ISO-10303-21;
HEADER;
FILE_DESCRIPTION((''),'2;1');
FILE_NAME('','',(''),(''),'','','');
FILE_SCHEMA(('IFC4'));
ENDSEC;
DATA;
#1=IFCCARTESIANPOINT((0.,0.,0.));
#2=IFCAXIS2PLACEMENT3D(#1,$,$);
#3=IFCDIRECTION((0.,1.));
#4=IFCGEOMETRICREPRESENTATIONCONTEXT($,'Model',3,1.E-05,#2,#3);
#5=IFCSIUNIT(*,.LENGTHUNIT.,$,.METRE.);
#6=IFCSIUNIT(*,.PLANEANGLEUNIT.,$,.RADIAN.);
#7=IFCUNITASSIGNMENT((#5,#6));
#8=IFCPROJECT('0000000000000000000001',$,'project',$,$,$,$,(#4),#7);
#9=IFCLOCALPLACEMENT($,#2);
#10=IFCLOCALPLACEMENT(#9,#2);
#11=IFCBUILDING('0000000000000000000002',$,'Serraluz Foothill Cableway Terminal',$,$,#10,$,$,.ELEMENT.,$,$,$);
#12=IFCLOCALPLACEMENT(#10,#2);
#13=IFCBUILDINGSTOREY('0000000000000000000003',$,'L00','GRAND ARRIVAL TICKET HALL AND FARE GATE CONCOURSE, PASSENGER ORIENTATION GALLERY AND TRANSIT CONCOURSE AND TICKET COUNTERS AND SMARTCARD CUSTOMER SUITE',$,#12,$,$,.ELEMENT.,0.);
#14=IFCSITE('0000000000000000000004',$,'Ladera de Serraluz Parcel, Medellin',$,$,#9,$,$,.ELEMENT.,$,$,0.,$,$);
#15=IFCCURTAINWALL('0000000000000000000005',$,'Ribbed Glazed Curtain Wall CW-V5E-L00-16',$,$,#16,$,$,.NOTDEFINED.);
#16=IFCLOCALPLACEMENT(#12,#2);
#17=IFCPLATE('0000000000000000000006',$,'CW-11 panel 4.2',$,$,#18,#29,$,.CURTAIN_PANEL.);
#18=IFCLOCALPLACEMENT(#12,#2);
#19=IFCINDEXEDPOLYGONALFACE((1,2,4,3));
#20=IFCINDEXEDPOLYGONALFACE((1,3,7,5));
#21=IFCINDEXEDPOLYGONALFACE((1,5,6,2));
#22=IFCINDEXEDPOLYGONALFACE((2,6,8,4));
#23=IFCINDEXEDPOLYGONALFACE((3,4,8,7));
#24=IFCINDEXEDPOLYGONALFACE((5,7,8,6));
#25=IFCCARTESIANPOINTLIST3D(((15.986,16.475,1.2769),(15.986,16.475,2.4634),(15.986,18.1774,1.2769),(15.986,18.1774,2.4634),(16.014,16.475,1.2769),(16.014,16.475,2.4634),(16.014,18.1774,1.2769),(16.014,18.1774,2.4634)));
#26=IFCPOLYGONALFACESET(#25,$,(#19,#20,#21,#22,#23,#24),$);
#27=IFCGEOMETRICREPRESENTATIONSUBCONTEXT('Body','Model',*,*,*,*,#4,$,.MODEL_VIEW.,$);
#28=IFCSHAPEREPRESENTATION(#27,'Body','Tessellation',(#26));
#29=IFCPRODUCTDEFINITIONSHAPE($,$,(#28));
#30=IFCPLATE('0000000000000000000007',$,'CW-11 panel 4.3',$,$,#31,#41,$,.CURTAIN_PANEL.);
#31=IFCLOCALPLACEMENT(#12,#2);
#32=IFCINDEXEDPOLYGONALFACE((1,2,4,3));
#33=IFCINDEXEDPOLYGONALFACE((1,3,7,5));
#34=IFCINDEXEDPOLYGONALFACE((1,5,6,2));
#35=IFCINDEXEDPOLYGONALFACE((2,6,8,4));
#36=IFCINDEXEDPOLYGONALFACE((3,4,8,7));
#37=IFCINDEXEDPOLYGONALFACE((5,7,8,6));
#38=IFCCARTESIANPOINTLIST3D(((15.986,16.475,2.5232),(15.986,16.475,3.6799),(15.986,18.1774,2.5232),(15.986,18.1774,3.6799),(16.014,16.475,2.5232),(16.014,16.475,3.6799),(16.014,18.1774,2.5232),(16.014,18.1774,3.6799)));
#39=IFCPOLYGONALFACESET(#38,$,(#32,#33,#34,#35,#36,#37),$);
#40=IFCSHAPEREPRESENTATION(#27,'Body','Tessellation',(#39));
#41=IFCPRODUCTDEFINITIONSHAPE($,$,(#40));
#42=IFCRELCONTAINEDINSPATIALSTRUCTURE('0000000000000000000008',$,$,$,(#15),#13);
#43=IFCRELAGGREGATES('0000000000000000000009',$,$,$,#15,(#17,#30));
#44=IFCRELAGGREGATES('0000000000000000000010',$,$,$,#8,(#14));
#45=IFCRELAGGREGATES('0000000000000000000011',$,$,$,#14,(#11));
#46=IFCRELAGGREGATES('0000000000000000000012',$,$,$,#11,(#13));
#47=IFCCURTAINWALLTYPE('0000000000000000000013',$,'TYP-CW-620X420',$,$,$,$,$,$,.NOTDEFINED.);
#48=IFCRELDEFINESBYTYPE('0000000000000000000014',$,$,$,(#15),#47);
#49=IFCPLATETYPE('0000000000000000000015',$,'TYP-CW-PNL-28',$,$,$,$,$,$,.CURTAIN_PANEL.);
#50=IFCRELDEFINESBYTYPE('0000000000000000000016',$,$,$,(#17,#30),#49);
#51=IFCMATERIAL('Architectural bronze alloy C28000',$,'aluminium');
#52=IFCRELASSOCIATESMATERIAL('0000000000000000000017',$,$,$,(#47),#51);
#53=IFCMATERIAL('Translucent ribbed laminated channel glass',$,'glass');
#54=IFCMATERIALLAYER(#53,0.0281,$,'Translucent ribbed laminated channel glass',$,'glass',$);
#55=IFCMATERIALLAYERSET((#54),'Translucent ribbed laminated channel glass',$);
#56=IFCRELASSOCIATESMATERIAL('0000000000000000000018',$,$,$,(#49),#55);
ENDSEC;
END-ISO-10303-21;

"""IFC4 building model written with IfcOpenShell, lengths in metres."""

from ifc_helpers import new_model, si_unit, direction, frame, origin, origin_2d, place, context, subcontext, project, spatial, rectangle, extrude, material, layer, layer_set, type_object, element, aggregate, save


model = new_model("IFC4")

# Units and contexts
model_context = context("Model", 3, precision=1e-05, world=origin(), true_north=direction((0.0, 1.0)))
body_context = subcontext(model_context, "Body", "Model", "MODEL_VIEW")
ifc_project = project(units=[si_unit("LENGTHUNIT", "METRE"), si_unit("PLANEANGLEUNIT", "RADIAN")], contexts=[model_context])

# Site, building, storey
site_placement = place(None, origin())
site = spatial("IfcSite", under=ifc_project, at=site_placement, Name="Ladera de Serraluz Parcel, Medellin", CompositionType="ELEMENT", RefElevation=0.0)
building_placement = place(site_placement, origin())
building = spatial("IfcBuilding", under=site, at=building_placement, Name="Serraluz Foothill Cableway Terminal", CompositionType="ELEMENT")
storey_placement = place(building_placement, origin())
storey = spatial("IfcBuildingStorey", under=building, at=storey_placement, Name="L00", Description="GRAND ARRIVAL TICKET HALL AND FARE GATE CONCOURSE, PASSENGER ORIENTATION GALLERY AND TRANSIT CONCOURSE AND TICKET COUNTERS AND SMARTCARD CUSTOMER SUITE", CompositionType="ELEMENT", Elevation=0.0)

# Shared definitions
ifc_material_1 = material(Name="Architectural bronze alloy C28000", Category="aluminium")

# Curtain wall
curtain_wall_type_1 = type_object("IfcCurtainWallType", Name="TYP-CW-620X420", PredefinedType="NOTDEFINED", material=ifc_material_1)
curtain_wall_1_placement = place(storey_placement, origin())
curtain_wall_1 = element("IfcCurtainWall", 1, at=curtain_wall_1_placement, inside=storey, type_object=curtain_wall_type_1, Name="Ribbed Glazed Curtain Wall CW-V5E-L00-16", PredefinedType="NOTDEFINED")

# Plates
ifc_material_2 = material(Name="Translucent ribbed laminated channel glass", Category="glass")
ifc_layer = layer(ifc_material_2, 0.0281, Name="Translucent ribbed laminated channel glass", Category="glass")
ifc_layer_set = layer_set([ifc_layer], Name="Translucent ribbed laminated channel glass")
plate_type = type_object("IfcPlateType", Name="TYP-CW-PNL-28", PredefinedType="CURTAIN_PANEL", material=ifc_layer_set)
plate_1_placement = place(storey_placement, frame((16.0, 17.3262, 1.2769), z_axis=(0.0, 0.0, 1.0), x_axis=(0.0, -1.0, 0.0)))
plate_1 = element("IfcPlate", 2, at=plate_1_placement, type_object=plate_type, Name="CW-11 panel 4.2", PredefinedType="CURTAIN_PANEL", context=body_context, shape_type="SweptSolid", body=[
    extrude(rectangle(XDim=1.7024, YDim=0.0281, at=origin_2d()), origin(), (0.0, 0.0, 1.0), 1.1865),
])
plate_2_placement = place(storey_placement, frame((16.0, 17.3262, 2.5232), z_axis=(0.0, 0.0, 1.0), x_axis=(0.0, -1.0, 0.0)))
plate_2 = element("IfcPlate", 3, at=plate_2_placement, type_object=plate_type, Name="CW-11 panel 4.3", PredefinedType="CURTAIN_PANEL", context=body_context, shape_type="SweptSolid", body=[
    extrude(rectangle(XDim=1.7024, YDim=0.0281, at=origin_2d()), origin(), (0.0, 0.0, 1.0), 1.1567),
])
aggregate(curtain_wall_1, [plate_1, plate_2])

save(model, "model.ifc")
